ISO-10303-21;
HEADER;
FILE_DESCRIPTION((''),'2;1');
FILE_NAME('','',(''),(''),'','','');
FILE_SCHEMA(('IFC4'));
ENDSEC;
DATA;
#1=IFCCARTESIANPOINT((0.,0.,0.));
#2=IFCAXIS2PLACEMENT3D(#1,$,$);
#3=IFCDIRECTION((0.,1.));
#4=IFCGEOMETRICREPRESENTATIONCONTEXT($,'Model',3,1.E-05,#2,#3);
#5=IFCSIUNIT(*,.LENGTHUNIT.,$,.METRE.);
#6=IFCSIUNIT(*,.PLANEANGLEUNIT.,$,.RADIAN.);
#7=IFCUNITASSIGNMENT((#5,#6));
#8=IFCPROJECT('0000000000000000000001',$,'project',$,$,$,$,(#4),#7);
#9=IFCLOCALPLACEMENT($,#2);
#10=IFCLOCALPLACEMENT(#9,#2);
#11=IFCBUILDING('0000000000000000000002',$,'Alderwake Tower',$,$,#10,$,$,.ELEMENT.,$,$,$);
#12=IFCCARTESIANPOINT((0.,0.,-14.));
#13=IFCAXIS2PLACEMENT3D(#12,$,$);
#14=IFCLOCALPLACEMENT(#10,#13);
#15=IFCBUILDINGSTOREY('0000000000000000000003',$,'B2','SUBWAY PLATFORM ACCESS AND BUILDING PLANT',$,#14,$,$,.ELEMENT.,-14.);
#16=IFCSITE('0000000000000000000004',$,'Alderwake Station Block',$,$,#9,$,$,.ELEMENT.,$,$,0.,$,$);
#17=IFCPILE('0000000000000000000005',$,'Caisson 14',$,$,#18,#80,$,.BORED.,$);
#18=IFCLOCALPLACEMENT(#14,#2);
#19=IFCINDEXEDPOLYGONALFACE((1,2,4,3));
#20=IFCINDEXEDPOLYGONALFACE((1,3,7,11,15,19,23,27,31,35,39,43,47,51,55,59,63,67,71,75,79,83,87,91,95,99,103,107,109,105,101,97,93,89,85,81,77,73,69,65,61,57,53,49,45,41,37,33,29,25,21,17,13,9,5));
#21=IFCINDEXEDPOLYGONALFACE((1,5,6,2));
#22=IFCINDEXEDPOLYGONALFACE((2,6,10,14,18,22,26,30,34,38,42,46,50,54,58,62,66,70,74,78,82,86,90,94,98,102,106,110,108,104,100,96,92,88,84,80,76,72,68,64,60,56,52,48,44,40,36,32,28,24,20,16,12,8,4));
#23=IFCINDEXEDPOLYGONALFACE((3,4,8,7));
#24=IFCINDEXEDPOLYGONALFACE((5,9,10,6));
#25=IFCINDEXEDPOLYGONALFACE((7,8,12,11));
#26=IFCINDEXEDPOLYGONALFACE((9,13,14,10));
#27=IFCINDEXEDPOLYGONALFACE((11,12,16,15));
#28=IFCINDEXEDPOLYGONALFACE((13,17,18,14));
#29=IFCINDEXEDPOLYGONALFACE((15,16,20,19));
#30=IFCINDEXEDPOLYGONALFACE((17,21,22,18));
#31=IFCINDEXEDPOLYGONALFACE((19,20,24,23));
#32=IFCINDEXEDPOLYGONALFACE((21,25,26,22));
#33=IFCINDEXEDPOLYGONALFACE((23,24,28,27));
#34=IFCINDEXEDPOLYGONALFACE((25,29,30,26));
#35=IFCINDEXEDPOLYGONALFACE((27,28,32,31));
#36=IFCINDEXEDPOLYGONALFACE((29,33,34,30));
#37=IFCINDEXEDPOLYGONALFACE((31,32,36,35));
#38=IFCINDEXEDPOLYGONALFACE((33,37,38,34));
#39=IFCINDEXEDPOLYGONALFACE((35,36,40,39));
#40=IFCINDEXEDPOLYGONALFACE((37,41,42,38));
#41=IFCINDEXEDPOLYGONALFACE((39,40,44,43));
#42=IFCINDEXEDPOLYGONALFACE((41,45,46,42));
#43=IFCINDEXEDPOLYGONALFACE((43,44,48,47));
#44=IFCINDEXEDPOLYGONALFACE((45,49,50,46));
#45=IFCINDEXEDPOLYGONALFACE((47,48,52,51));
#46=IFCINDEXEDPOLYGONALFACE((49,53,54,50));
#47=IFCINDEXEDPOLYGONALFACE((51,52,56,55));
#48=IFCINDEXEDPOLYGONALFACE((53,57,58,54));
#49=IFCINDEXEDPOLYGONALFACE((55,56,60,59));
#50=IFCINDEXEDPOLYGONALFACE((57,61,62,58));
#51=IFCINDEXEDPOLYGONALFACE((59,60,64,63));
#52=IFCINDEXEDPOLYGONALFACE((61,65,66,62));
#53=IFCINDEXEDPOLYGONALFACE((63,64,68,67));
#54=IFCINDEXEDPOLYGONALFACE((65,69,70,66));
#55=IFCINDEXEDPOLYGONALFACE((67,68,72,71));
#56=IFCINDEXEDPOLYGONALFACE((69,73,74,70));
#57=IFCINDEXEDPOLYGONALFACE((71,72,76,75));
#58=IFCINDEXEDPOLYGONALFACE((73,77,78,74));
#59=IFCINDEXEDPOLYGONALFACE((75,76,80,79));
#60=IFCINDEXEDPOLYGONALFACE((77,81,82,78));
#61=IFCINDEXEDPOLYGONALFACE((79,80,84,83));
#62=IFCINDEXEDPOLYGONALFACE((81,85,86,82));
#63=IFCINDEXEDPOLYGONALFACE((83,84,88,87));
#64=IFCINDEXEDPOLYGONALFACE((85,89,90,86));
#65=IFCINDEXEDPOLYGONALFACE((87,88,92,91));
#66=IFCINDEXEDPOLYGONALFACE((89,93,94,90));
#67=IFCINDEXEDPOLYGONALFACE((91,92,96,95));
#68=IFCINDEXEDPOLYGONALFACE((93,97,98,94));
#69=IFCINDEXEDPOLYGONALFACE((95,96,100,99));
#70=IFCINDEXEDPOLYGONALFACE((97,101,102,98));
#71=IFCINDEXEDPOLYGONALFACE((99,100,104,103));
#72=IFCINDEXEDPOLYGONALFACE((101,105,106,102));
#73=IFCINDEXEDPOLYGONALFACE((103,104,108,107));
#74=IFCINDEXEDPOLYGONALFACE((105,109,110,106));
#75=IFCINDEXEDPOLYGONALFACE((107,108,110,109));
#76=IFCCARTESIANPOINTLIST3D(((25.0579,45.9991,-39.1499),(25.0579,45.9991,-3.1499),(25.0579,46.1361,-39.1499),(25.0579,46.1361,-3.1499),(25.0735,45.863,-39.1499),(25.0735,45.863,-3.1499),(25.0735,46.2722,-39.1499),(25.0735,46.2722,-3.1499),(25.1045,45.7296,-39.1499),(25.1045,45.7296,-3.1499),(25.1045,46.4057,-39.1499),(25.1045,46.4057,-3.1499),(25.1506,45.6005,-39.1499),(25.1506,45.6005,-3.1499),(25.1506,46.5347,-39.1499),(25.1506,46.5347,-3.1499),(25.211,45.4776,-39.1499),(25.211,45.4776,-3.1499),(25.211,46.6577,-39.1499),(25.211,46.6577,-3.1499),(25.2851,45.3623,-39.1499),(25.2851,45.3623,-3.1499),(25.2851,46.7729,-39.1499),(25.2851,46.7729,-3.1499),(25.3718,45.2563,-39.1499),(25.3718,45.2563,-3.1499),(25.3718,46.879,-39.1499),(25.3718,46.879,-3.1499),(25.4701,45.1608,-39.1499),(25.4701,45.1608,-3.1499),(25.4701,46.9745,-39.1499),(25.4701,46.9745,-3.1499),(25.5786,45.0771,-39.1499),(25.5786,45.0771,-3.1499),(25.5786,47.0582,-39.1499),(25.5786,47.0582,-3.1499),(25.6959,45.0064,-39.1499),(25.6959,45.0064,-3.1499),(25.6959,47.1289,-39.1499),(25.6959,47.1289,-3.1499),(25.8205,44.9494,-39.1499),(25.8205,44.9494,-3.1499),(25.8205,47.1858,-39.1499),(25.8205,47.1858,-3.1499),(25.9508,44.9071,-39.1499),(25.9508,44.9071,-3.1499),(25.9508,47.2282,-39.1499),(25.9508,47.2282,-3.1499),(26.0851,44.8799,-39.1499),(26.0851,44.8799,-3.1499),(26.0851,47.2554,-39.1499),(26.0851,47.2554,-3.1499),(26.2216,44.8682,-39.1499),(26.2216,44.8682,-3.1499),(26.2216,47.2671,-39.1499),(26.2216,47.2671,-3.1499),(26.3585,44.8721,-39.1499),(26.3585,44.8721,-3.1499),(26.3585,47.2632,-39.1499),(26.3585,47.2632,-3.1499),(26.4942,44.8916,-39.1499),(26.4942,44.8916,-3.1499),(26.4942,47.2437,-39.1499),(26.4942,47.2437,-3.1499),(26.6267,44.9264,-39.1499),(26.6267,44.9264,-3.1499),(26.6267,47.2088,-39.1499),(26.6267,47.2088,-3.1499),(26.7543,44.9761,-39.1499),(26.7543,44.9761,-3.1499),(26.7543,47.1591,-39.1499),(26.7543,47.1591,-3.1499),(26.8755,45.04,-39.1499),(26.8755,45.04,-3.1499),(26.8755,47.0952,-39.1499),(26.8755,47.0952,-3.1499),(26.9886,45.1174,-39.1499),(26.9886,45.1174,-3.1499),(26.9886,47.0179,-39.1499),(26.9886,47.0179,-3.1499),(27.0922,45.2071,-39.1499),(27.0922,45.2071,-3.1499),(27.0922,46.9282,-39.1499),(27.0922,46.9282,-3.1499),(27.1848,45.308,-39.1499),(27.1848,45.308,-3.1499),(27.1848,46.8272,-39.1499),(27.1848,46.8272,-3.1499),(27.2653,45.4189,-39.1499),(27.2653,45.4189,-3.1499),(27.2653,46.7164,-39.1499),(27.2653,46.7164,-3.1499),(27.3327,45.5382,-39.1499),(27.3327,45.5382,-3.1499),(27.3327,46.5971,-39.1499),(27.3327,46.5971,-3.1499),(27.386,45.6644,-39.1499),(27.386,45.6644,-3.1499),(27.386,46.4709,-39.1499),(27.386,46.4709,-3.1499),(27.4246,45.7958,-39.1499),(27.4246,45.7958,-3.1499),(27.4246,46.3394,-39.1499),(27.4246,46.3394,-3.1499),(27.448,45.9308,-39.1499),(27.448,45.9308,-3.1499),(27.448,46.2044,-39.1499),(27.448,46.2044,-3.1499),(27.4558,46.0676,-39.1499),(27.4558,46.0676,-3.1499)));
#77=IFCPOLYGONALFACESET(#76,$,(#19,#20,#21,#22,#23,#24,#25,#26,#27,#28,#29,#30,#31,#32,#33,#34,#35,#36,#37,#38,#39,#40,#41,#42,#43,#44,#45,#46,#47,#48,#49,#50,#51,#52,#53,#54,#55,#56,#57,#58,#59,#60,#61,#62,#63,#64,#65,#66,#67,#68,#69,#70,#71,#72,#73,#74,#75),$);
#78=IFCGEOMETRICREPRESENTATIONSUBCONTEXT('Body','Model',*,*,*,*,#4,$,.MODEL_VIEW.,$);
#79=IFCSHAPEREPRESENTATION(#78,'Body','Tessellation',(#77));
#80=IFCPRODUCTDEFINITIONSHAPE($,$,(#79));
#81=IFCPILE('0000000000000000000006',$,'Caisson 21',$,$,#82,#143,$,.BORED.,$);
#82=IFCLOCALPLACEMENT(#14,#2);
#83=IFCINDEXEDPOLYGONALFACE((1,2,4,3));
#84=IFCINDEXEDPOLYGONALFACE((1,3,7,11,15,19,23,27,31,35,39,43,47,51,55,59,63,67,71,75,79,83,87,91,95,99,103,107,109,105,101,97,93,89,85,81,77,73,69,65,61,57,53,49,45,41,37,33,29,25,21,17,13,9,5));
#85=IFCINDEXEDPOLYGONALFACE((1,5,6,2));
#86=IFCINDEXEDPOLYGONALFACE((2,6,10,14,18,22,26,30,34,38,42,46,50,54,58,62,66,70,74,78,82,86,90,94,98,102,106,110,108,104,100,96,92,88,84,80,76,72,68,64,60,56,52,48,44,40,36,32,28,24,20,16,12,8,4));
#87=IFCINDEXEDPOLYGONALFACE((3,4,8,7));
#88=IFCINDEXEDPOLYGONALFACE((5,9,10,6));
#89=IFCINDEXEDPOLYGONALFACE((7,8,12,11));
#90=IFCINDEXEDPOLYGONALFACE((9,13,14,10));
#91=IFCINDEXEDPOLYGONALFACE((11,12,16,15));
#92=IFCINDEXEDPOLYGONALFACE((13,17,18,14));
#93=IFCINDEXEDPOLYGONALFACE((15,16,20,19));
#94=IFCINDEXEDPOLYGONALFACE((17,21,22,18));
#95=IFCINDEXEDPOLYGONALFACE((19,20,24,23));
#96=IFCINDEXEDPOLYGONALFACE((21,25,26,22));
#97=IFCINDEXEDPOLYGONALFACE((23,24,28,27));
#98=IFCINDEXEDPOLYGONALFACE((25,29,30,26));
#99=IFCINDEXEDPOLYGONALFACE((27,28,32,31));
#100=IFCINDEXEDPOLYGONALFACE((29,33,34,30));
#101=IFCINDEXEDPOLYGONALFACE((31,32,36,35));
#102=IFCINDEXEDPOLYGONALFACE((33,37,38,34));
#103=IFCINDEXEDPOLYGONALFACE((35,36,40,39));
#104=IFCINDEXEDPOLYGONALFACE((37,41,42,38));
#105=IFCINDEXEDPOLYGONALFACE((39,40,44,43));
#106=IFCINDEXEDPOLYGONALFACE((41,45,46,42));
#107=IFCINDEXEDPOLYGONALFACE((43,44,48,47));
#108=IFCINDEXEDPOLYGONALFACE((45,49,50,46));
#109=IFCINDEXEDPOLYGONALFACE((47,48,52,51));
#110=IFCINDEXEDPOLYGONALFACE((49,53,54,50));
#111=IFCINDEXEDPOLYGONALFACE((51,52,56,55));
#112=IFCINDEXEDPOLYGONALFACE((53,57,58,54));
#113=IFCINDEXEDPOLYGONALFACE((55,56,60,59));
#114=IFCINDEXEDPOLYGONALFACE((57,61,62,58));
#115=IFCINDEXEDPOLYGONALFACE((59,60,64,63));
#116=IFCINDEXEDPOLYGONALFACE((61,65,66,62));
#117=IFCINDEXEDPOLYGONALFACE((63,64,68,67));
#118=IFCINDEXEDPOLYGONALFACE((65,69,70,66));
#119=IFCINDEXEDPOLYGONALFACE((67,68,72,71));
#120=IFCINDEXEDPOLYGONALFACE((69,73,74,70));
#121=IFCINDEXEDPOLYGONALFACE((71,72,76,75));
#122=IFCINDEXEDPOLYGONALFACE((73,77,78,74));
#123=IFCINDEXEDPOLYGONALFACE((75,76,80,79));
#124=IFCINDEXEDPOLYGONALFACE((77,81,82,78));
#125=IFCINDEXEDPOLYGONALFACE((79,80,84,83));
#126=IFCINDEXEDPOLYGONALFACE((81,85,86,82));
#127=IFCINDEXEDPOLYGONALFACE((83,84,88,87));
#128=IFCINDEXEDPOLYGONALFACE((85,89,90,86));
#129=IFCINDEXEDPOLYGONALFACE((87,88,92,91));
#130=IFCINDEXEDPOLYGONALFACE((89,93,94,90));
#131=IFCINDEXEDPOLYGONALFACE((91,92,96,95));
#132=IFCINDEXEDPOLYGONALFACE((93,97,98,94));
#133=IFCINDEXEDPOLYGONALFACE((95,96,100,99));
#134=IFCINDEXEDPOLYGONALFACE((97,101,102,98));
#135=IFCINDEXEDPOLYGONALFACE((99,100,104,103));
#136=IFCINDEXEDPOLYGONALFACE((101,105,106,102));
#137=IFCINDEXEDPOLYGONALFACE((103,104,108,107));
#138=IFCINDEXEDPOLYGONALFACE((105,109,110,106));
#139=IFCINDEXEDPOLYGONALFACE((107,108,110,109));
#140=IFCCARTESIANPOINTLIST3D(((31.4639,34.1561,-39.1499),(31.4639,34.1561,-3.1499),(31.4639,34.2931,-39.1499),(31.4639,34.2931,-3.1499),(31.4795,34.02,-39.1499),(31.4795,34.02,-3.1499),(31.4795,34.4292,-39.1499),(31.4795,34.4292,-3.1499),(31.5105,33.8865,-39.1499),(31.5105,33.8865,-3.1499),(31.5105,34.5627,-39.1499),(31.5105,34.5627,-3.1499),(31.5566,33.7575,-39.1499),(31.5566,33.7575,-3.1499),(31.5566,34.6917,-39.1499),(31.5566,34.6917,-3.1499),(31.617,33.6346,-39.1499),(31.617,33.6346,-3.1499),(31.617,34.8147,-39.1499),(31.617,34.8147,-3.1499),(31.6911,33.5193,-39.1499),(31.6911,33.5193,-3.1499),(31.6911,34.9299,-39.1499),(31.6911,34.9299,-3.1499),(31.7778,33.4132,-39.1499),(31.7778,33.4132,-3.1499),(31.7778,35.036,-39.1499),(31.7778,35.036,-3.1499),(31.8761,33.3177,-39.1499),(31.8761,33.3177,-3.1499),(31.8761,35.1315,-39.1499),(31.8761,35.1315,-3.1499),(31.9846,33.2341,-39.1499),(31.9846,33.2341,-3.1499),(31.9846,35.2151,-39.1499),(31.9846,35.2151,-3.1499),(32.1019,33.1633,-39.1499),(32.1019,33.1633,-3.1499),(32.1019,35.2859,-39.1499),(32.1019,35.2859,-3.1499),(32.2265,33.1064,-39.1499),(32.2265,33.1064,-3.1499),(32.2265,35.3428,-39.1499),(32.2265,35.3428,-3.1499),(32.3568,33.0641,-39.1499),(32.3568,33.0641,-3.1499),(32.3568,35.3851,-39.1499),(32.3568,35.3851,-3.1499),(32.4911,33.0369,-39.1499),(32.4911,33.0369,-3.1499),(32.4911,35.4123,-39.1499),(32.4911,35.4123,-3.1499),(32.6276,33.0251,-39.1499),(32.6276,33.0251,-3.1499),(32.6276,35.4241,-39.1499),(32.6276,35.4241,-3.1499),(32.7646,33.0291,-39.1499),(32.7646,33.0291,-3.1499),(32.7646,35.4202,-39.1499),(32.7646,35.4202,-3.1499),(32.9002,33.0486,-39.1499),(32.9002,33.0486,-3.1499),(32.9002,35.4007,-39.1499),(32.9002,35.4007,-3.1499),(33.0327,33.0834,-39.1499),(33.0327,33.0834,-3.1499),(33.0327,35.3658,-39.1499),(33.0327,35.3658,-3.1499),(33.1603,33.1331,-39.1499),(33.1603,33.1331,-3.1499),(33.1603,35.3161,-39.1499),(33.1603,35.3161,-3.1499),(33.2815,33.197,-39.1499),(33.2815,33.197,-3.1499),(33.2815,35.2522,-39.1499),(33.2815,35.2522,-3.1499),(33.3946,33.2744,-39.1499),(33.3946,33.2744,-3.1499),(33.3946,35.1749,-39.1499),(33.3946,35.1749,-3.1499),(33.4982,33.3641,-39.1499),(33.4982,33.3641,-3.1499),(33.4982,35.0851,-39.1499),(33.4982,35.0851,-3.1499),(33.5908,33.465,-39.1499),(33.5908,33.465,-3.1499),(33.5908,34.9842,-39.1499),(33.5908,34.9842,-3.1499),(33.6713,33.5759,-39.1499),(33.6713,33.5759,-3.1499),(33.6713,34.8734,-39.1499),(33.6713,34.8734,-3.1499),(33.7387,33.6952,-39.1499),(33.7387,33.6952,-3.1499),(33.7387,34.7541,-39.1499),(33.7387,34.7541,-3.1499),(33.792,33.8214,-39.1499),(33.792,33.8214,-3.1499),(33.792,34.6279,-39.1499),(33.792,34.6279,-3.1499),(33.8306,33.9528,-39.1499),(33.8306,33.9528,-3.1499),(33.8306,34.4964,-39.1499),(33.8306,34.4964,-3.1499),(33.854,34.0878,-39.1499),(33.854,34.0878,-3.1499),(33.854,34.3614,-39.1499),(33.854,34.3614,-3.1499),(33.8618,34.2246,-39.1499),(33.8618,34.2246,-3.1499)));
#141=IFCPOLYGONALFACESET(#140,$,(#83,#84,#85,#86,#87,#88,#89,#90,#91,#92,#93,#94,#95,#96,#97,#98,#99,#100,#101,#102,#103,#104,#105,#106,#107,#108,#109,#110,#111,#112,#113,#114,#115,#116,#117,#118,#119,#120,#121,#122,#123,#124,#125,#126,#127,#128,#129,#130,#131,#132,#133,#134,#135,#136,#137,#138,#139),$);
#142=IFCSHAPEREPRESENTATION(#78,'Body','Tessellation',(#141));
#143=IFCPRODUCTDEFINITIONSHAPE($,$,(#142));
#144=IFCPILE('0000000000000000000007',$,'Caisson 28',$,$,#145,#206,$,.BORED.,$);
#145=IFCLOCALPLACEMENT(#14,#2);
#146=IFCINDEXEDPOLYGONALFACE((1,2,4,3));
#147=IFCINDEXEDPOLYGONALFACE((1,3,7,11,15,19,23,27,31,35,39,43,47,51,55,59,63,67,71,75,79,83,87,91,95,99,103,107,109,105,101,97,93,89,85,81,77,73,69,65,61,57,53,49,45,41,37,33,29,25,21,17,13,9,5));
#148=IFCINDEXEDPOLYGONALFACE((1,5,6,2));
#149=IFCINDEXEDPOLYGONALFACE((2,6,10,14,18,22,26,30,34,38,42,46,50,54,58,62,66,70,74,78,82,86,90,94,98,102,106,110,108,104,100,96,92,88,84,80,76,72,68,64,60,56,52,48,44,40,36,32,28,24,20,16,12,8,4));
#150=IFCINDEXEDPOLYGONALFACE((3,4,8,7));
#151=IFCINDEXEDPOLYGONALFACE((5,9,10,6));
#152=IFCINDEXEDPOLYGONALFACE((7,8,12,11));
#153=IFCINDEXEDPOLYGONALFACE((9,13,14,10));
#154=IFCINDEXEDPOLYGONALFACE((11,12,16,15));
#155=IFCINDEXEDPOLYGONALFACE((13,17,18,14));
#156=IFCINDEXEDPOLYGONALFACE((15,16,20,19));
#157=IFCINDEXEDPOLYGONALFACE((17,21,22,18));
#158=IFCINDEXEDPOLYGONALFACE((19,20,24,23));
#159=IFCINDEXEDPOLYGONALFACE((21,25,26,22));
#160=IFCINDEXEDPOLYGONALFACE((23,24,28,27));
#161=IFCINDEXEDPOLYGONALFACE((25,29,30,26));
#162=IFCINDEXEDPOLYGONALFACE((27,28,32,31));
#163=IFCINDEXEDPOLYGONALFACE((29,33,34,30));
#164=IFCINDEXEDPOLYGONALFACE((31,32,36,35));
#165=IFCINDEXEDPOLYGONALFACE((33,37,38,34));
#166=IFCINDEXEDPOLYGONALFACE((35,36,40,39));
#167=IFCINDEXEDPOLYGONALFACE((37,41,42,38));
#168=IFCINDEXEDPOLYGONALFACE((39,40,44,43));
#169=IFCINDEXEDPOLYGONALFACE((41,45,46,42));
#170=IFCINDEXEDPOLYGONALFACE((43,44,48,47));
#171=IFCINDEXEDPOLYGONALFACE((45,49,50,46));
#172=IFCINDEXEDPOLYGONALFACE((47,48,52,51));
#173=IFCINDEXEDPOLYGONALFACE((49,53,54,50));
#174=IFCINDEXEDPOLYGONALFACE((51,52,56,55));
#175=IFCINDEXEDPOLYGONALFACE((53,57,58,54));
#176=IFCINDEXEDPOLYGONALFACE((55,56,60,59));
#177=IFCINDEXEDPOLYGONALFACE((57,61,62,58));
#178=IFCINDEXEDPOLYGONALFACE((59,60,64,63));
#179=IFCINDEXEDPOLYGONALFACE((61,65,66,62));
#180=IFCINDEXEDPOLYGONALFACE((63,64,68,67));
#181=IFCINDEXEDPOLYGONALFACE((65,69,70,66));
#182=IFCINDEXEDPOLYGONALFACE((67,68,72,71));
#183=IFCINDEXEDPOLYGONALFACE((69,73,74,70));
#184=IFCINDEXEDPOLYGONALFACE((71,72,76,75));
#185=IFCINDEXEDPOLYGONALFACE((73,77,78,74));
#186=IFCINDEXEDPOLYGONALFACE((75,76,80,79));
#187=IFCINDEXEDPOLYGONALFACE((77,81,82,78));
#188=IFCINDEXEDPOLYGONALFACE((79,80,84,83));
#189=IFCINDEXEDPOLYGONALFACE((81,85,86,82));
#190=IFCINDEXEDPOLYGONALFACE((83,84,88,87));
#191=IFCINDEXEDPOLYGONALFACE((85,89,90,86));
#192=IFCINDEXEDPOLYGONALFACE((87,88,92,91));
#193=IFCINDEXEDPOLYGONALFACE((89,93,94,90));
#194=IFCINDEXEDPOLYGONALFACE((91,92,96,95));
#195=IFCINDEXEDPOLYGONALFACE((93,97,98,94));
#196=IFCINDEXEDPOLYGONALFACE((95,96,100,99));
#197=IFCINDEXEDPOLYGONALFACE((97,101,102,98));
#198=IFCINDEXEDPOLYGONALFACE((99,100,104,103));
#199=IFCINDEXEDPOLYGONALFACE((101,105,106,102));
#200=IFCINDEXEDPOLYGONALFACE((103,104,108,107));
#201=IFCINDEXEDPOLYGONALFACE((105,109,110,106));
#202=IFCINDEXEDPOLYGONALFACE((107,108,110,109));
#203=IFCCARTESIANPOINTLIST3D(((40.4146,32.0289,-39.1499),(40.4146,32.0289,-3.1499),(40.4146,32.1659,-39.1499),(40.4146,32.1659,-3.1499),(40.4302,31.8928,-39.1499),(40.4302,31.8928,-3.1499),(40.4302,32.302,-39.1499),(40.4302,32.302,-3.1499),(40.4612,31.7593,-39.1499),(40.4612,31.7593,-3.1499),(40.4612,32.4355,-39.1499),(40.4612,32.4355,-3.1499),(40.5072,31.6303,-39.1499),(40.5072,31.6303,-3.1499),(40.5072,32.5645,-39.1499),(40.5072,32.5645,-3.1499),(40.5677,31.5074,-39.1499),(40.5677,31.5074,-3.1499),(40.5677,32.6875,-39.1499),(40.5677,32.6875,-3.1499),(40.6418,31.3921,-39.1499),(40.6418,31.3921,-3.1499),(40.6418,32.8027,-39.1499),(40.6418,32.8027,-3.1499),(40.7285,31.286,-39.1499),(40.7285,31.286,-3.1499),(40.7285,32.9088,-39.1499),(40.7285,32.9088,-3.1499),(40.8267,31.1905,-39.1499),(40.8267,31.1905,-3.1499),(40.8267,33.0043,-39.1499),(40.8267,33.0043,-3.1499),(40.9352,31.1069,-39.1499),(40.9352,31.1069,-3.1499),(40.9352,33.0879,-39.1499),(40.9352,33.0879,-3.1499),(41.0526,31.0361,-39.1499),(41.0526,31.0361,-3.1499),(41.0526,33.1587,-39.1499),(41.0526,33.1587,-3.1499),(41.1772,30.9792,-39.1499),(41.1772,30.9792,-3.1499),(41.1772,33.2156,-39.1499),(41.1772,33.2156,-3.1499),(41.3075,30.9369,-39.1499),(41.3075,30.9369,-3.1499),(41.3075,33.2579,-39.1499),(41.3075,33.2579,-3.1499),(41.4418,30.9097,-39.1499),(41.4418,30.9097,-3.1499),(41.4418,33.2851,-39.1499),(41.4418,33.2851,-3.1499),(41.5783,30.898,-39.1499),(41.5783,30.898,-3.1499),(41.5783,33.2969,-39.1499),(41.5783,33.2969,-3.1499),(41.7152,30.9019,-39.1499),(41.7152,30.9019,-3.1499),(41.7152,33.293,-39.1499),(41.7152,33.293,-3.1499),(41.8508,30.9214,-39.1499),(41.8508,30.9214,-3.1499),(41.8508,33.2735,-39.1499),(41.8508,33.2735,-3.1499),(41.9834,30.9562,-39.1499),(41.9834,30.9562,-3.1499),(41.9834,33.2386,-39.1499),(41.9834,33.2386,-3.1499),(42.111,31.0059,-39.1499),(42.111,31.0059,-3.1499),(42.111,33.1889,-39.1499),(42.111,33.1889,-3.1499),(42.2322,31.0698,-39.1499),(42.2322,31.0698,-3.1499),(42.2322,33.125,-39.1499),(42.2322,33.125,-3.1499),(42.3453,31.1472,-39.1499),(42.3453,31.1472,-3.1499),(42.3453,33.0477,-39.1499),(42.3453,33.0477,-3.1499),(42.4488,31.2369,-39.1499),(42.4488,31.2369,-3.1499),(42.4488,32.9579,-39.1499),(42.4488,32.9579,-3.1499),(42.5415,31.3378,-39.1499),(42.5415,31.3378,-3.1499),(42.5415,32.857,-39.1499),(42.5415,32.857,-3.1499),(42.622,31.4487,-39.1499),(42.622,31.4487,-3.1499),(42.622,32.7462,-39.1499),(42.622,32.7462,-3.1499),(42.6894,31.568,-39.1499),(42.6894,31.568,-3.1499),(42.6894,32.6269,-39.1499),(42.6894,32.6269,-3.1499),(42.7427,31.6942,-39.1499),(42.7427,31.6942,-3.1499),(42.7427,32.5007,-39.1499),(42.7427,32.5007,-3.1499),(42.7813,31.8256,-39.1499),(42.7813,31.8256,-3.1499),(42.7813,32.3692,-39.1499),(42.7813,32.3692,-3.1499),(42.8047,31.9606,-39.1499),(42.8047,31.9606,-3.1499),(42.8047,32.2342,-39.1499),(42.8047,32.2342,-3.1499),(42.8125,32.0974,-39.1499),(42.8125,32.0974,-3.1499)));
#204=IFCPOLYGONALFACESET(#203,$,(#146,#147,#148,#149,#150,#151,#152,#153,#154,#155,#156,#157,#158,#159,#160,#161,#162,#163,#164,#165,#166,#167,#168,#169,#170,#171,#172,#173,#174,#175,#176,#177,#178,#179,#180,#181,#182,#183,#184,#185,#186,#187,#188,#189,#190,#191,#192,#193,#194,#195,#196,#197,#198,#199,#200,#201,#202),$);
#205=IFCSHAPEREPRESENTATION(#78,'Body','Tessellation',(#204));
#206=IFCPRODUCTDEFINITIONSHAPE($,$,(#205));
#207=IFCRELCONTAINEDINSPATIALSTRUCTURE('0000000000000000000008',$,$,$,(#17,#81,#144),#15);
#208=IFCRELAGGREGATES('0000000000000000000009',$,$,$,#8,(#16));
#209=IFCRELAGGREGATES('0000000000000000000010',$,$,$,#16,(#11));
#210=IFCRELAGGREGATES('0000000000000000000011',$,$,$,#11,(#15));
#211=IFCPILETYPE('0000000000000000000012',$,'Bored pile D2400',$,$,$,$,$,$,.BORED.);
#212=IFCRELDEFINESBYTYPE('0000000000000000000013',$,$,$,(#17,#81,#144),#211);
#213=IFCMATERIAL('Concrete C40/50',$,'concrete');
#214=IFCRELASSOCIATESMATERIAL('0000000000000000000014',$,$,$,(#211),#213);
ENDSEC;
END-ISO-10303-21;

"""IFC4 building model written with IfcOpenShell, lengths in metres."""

from ifc_helpers import new_model, si_unit, direction, frame, origin, origin_2d, place, context, subcontext, project, spatial, circle, extrude, material, material_profile, profile_set, type_object, element, save


model = new_model("IFC4")

# Units and contexts
model_context = context("Model", 3, precision=1e-05, world=origin(), true_north=direction((0.0, 1.0)))
body_context = subcontext(model_context, "Body", "Model", "MODEL_VIEW")
ifc_project = project(units=[si_unit("LENGTHUNIT", "METRE"), si_unit("PLANEANGLEUNIT", "RADIAN")], contexts=[model_context])

# Site, building, storey
site_placement = place(None, origin())
site = spatial("IfcSite", under=ifc_project, at=site_placement, Name="Alderwake Station Block", CompositionType="ELEMENT", RefElevation=0.0)
building_placement = place(site_placement, origin())
building = spatial("IfcBuilding", under=site, at=building_placement, Name="Alderwake Tower", CompositionType="ELEMENT")
storey_placement = place(building_placement, frame((0.0, 0.0, -14.0)))
storey = spatial("IfcBuildingStorey", under=building, at=storey_placement, Name="B2", Description="SUBWAY PLATFORM ACCESS AND BUILDING PLANT", CompositionType="ELEMENT", Elevation=-14.0)

# Piles
ifc_material_1 = material(Name="Concrete C40/50", Category="concrete")
ifc_material_profile_1 = material_profile(ifc_material_1, circle(Radius=1.2, at=origin_2d()), Name="PILE 2400")
ifc_profile_set_1 = profile_set([ifc_material_profile_1], Name="Concrete C40/50")
pile_type = type_object("IfcPileType", Name="Bored pile D2400", PredefinedType="BORED", material=ifc_profile_set_1)
for number, where, z_axis, x_axis, name in (
    (1, (26.2559, 46.0676, -3.1499), (0.0, 0.0, -1.0), (1.0, 0.0, 0.0), "Caisson 14"),
    (2, (32.6619, 34.2246, -3.1499), (0.0, 0.0, -1.0), (1.0, 0.0, 0.0), "Caisson 21"),
    (3, (41.6125, 32.0974, -3.1499), (0.0, 0.0, -1.0), (1.0, 0.0, 0.0), "Caisson 28"),
):
    element("IfcPile", number, at=place(storey_placement, frame(where, z_axis=z_axis, x_axis=x_axis)), inside=storey, type_object=pile_type, Name=name, PredefinedType="BORED", context=body_context, shape_type="SweptSolid", body=[
        extrude(circle(Radius=1.2, at=origin_2d()), origin(), (0.0, 0.0, 1.0), 36.0),
    ])

save(model, "model.ifc")
